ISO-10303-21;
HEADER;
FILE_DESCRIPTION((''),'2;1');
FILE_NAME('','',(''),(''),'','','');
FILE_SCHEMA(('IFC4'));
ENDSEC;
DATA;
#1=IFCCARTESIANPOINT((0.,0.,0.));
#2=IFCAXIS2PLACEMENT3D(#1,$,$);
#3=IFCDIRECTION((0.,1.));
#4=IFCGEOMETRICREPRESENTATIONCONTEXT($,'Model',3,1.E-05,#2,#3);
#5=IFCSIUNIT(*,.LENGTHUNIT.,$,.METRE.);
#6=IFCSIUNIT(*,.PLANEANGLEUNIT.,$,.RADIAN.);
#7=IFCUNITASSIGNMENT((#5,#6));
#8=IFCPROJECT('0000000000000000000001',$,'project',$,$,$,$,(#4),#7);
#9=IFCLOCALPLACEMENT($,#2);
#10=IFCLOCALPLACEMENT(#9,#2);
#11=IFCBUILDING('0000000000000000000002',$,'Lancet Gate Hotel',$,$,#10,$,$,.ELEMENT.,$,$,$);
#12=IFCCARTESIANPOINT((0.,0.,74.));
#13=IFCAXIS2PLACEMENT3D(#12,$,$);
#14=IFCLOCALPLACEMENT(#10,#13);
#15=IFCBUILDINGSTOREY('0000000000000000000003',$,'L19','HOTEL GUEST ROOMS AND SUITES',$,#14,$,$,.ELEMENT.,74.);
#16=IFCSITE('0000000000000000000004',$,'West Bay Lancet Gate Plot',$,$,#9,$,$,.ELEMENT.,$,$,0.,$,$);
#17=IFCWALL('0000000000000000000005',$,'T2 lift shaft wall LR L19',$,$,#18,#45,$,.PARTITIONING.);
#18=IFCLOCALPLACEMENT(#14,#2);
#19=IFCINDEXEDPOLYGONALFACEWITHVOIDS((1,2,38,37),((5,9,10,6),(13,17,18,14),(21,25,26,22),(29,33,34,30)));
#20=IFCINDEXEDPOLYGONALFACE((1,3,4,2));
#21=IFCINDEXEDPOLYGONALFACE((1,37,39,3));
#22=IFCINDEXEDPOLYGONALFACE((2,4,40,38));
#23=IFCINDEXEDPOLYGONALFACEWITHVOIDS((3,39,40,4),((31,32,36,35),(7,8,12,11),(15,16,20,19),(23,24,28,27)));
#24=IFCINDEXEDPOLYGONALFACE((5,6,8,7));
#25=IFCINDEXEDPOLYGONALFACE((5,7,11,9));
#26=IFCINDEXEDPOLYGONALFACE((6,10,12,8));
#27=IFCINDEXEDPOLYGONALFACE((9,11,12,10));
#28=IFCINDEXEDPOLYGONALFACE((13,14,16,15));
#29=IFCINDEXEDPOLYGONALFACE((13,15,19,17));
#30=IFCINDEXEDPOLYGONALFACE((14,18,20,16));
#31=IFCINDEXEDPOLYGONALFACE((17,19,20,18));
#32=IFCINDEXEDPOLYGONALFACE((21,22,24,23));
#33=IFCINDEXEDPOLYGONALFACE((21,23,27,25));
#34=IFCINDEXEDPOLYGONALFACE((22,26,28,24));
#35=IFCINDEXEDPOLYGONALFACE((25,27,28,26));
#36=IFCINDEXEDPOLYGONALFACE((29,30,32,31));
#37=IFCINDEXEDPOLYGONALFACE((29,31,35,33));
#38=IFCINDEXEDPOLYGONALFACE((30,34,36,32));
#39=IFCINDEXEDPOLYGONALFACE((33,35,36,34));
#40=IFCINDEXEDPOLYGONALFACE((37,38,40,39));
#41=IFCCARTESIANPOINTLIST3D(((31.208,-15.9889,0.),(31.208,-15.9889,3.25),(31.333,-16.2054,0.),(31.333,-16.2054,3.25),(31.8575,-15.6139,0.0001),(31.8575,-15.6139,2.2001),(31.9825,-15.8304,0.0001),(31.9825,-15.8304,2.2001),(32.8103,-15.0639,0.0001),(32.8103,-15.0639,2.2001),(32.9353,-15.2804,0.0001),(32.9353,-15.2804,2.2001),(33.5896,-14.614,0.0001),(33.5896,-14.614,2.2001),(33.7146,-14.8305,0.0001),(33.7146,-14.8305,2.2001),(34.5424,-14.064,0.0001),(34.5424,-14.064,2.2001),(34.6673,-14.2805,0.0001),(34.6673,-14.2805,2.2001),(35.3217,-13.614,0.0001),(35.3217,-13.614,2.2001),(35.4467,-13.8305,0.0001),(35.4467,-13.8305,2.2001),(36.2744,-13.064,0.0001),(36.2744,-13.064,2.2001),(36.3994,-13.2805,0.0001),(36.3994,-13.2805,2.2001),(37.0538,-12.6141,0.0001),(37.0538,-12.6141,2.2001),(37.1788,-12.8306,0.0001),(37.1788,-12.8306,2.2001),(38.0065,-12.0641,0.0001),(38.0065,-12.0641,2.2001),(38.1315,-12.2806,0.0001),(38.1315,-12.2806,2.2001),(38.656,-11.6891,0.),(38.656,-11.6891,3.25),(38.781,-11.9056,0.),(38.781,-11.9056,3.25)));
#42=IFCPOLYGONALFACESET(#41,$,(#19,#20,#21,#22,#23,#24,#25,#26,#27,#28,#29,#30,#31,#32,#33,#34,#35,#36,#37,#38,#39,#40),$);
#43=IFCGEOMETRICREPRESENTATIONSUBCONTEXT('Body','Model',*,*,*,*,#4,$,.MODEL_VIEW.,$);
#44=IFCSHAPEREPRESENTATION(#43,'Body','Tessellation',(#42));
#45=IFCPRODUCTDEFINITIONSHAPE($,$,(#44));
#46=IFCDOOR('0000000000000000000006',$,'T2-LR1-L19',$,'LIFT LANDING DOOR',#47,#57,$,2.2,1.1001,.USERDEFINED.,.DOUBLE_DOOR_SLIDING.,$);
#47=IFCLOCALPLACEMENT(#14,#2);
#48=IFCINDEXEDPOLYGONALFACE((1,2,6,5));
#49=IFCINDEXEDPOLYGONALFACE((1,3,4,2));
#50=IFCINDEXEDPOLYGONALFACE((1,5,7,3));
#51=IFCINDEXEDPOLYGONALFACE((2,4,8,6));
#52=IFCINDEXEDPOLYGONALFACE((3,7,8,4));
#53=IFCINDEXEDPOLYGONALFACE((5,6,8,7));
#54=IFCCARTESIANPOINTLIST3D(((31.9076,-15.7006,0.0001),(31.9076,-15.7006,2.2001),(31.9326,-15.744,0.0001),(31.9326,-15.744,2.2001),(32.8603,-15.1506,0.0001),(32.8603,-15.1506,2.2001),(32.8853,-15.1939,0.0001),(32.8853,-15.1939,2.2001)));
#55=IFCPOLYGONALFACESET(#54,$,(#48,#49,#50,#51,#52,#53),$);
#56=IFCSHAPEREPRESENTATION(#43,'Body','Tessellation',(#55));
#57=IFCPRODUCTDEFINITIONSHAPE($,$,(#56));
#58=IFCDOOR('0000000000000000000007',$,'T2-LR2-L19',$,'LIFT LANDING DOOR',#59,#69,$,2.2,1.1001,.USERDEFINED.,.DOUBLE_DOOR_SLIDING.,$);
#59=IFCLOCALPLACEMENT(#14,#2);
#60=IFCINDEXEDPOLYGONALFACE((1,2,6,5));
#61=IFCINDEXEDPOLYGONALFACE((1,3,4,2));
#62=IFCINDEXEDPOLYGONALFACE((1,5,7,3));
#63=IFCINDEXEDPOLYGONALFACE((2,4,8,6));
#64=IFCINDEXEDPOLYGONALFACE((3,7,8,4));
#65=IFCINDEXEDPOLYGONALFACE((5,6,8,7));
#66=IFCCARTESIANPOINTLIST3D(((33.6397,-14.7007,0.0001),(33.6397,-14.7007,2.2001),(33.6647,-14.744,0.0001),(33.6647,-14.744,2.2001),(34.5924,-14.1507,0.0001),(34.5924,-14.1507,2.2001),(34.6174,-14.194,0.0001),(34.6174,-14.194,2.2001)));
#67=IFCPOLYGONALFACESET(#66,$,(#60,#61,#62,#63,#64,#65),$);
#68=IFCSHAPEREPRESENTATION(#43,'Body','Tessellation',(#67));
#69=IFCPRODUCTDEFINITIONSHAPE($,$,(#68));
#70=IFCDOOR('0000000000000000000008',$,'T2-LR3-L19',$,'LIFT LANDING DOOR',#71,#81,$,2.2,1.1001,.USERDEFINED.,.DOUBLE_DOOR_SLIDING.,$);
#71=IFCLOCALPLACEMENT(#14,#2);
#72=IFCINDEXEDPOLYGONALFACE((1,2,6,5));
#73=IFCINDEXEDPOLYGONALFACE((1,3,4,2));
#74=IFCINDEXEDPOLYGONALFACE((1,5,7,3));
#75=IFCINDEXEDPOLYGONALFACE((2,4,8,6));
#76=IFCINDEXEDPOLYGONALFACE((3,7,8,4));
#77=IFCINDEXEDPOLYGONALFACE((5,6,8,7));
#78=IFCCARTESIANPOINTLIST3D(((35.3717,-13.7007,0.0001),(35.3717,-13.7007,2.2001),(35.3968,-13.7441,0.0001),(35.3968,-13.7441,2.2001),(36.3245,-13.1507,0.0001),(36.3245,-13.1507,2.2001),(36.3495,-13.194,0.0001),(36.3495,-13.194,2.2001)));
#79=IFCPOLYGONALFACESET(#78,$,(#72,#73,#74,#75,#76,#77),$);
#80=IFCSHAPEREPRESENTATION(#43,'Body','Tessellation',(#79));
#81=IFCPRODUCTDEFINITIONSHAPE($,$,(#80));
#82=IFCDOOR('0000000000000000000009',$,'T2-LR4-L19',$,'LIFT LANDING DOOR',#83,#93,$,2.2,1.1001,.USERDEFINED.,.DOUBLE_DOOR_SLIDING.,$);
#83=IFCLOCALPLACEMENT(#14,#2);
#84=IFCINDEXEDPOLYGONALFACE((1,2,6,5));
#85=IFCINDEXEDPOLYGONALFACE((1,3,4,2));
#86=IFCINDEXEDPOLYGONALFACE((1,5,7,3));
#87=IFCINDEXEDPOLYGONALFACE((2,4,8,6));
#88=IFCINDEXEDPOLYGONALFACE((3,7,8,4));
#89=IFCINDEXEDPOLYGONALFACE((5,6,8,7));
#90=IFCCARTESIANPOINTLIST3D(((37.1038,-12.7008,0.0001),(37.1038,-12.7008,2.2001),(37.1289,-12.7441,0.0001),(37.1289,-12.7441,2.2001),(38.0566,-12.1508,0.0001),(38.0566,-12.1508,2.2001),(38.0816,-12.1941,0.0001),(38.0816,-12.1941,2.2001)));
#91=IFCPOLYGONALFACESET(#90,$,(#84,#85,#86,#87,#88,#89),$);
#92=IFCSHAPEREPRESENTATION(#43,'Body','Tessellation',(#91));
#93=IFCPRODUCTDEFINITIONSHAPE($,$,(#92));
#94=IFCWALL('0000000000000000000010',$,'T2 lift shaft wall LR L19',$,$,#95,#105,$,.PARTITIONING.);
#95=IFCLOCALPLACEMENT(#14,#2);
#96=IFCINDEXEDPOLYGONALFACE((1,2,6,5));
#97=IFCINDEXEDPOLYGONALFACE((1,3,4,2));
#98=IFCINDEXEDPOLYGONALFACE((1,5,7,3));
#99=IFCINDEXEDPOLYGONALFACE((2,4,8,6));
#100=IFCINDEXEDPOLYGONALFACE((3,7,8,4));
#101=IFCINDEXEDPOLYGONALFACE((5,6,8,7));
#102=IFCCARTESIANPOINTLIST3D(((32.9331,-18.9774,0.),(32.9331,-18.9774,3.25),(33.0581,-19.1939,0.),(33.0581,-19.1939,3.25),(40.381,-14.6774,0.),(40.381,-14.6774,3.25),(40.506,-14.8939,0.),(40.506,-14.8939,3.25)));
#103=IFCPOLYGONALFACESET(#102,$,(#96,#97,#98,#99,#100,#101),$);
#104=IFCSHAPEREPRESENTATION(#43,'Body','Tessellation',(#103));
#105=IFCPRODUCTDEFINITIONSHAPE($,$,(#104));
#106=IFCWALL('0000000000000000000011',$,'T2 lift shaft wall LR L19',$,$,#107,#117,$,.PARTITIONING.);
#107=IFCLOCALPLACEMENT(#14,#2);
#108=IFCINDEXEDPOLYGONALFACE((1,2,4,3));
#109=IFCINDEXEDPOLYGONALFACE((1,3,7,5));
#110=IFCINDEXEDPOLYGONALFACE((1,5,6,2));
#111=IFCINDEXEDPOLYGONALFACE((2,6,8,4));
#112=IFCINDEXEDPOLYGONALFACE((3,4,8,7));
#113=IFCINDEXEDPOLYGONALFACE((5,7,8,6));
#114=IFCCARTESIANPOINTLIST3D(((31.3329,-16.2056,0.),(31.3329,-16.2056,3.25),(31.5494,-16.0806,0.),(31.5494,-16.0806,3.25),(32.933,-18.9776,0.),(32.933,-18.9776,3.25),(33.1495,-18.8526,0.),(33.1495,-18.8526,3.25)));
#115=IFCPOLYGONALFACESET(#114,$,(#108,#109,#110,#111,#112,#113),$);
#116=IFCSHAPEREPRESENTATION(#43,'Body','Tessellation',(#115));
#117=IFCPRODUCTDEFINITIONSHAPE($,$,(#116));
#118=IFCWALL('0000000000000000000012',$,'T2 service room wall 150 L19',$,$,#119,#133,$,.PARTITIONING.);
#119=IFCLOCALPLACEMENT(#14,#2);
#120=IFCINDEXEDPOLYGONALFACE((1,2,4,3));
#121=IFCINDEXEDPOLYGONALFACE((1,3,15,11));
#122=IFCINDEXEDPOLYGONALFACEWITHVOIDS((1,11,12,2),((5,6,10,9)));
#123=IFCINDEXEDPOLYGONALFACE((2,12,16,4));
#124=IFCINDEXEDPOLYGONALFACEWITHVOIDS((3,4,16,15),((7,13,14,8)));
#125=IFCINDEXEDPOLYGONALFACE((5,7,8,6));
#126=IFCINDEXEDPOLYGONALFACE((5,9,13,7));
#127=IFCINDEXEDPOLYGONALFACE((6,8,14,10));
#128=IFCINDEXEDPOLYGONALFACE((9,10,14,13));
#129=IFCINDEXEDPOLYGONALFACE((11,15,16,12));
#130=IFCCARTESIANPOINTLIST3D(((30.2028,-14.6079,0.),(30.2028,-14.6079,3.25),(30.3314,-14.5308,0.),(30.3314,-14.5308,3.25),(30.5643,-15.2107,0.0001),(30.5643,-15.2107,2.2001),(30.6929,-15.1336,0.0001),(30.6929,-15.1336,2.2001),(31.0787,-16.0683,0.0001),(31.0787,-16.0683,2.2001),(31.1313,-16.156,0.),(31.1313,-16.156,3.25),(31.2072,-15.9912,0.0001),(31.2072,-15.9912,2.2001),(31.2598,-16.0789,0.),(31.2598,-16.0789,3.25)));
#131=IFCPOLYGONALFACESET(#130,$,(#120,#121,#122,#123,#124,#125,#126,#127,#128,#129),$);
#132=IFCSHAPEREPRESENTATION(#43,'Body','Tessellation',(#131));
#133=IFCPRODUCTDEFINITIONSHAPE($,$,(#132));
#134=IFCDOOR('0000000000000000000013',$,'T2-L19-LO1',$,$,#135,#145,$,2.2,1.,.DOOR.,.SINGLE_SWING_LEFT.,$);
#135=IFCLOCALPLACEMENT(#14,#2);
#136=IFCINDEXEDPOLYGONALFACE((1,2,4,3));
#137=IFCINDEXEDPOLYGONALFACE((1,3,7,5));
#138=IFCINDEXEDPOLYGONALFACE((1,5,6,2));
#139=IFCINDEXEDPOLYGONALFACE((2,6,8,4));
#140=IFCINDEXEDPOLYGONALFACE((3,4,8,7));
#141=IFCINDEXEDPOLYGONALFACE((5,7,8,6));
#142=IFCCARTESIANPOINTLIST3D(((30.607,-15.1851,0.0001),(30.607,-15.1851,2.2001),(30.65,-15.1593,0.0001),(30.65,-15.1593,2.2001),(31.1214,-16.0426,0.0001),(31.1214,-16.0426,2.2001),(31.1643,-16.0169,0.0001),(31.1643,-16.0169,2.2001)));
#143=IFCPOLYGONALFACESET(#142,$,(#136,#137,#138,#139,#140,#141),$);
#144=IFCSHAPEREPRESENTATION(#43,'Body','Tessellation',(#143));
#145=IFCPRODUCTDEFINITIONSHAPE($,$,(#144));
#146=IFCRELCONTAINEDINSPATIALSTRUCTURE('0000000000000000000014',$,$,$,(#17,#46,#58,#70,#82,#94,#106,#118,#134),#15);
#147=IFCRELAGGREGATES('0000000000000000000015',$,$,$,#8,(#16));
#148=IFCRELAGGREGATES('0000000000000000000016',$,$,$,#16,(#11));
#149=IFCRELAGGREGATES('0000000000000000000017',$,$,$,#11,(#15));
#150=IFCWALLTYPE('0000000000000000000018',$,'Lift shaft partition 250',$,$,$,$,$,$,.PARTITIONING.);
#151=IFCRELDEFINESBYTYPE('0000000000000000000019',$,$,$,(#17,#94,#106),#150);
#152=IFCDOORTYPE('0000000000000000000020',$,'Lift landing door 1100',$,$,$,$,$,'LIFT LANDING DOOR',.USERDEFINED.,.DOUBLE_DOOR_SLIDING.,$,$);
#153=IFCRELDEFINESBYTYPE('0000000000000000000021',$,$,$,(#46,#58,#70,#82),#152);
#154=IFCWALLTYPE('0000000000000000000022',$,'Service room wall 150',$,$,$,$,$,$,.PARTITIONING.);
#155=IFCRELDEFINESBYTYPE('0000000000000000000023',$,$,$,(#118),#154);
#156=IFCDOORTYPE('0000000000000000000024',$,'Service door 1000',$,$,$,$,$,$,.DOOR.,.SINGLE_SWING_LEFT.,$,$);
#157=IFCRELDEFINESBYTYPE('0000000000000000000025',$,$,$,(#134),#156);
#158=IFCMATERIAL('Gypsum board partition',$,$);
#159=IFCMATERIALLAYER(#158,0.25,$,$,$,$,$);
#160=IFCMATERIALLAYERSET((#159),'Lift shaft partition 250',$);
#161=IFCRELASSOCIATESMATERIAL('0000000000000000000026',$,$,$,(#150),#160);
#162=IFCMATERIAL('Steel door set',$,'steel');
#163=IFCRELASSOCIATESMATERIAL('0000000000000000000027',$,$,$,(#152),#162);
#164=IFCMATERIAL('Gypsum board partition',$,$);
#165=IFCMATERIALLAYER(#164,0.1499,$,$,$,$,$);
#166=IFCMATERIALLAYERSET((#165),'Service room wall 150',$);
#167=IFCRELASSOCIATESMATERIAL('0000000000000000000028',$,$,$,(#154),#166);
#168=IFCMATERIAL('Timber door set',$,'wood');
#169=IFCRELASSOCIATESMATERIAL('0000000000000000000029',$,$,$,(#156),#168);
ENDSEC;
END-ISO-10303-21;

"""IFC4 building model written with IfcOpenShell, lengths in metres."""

from ifc_helpers import new_model, si_unit, direction, frame, frame_2d, origin, place, context, subcontext, project, spatial, rectangle, extrude, material, layer, layer_set, type_object, element, fill, save


model = new_model("IFC4")

# Units and contexts
model_context = context("Model", 3, precision=1e-05, world=origin(), true_north=direction((0.0, 1.0)))
body_context = subcontext(model_context, "Body", "Model", "MODEL_VIEW")
ifc_project = project(units=[si_unit("LENGTHUNIT", "METRE"), si_unit("PLANEANGLEUNIT", "RADIAN")], contexts=[model_context])

# Site, building, storey
site_placement = place(None, origin())
site = spatial("IfcSite", under=ifc_project, at=site_placement, Name="West Bay Lancet Gate Plot", CompositionType="ELEMENT", RefElevation=0.0)
building_placement = place(site_placement, origin())
building = spatial("IfcBuilding", under=site, at=building_placement, Name="Lancet Gate Hotel", CompositionType="ELEMENT")
storey_placement = place(building_placement, frame((0.0, 0.0, 74.0)))
storey = spatial("IfcBuildingStorey", under=building, at=storey_placement, Name="L19", Description="HOTEL GUEST ROOMS AND SUITES", CompositionType="ELEMENT", Elevation=74.0)

# Wall, openings, doors
ifc_material_1 = material(Name="Gypsum board partition")
ifc_layer_1 = layer(ifc_material_1, 0.25)
ifc_layer_set_1 = layer_set([ifc_layer_1], Name="Lift shaft partition 250")
wall_type_1 = type_object("IfcWallType", Name="Lift shaft partition 250", PredefinedType="PARTITIONING", material=ifc_layer_set_1)
wall_1_placement = place(storey_placement, frame((31.2705, -16.0972, 0.0), z_axis=(0.0, 0.0, 1.0), x_axis=(0.86604, 0.499974, 0.0)))
wall_1 = element("IfcWall", 1, at=wall_1_placement, inside=storey, type_object=wall_type_1, Name="T2 lift shaft wall LR L19", PredefinedType="PARTITIONING", context=body_context, shape_type="SweptSolid", body=[
    extrude(rectangle(XDim=8.6001, YDim=0.25, at=frame_2d((4.3, 0.0))), origin(), (0.0, 0.0, 1.0), 3.25),
])
opening_1_placement = place(wall_1_placement, frame((0.75, 0.0, 0.0)))
opening_1 = element("IfcOpeningElement", 2, at=opening_1_placement, cuts=wall_1, PredefinedType="OPENING", context=body_context, shape_type="SweptSolid", body=[
    extrude(rectangle(XDim=1.1001, YDim=2.2, at=frame_2d((0.55, 1.1001))), frame((0.0, 0.135, 0.0), z_axis=(0.0, -1.0, 0.0), x_axis=(1.0, 0.0, 0.0)), (0.0, 0.0, 1.0), 0.27),
])
opening_2_placement = place(wall_1_placement, frame((2.75, 0.0, 0.0)))
opening_2 = element("IfcOpeningElement", 3, at=opening_2_placement, cuts=wall_1, PredefinedType="OPENING", context=body_context, shape_type="SweptSolid", body=[
    extrude(rectangle(XDim=1.1001, YDim=2.2, at=frame_2d((0.55, 1.1001))), frame((0.0, 0.135, 0.0), z_axis=(0.0, -1.0, 0.0), x_axis=(1.0, 0.0, 0.0)), (0.0, 0.0, 1.0), 0.27),
])
opening_3_placement = place(wall_1_placement, frame((4.75, 0.0, 0.0)))
opening_3 = element("IfcOpeningElement", 4, at=opening_3_placement, cuts=wall_1, PredefinedType="OPENING", context=body_context, shape_type="SweptSolid", body=[
    extrude(rectangle(XDim=1.1001, YDim=2.2, at=frame_2d((0.55, 1.1001))), frame((0.0, 0.135, 0.0), z_axis=(0.0, -1.0, 0.0), x_axis=(1.0, 0.0, 0.0)), (0.0, 0.0, 1.0), 0.27),
])
opening_4_placement = place(wall_1_placement, frame((6.75, 0.0, 0.0)))
opening_4 = element("IfcOpeningElement", 5, at=opening_4_placement, cuts=wall_1, PredefinedType="OPENING", context=body_context, shape_type="SweptSolid", body=[
    extrude(rectangle(XDim=1.1001, YDim=2.2, at=frame_2d((0.55, 1.1001))), frame((0.0, 0.135, 0.0), z_axis=(0.0, -1.0, 0.0), x_axis=(1.0, 0.0, 0.0)), (0.0, 0.0, 1.0), 0.27),
])
ifc_material_2 = material(Name="Steel door set", Category="steel")
door_type_1 = type_object("IfcDoorType", Name="Lift landing door 1100", ElementType="LIFT LANDING DOOR", OperationType="DOUBLE_DOOR_SLIDING", PredefinedType="USERDEFINED", material=ifc_material_2)
door_1_placement = place(opening_1_placement, origin())
door_1 = element("IfcDoor", 6, at=door_1_placement, inside=storey, type_object=door_type_1, Name="T2-LR1-L19", ObjectType="LIFT LANDING DOOR", OperationType="DOUBLE_DOOR_SLIDING", OverallHeight=2.2, OverallWidth=1.1001, PredefinedType="USERDEFINED", context=body_context, shape_type="SweptSolid", body=[
    extrude(rectangle(XDim=1.1001, YDim=2.2, at=frame_2d((0.55, 1.1001))), frame((0.0, 0.0249, 0.0), z_axis=(0.0, -1.0, 0.0), x_axis=(1.0, 0.0, 0.0)), (0.0, 0.0, 1.0), 0.05),
])
fill(opening_1, door_1)
door_2_placement = place(opening_2_placement, origin())
door_2 = element("IfcDoor", 7, at=door_2_placement, inside=storey, type_object=door_type_1, Name="T2-LR2-L19", ObjectType="LIFT LANDING DOOR", OperationType="DOUBLE_DOOR_SLIDING", OverallHeight=2.2, OverallWidth=1.1001, PredefinedType="USERDEFINED", context=body_context, shape_type="SweptSolid", body=[
    extrude(rectangle(XDim=1.1001, YDim=2.2, at=frame_2d((0.55, 1.1001))), frame((0.0, 0.0249, 0.0), z_axis=(0.0, -1.0, 0.0), x_axis=(1.0, 0.0, 0.0)), (0.0, 0.0, 1.0), 0.05),
])
fill(opening_2, door_2)
door_3_placement = place(opening_3_placement, origin())
door_3 = element("IfcDoor", 8, at=door_3_placement, inside=storey, type_object=door_type_1, Name="T2-LR3-L19", ObjectType="LIFT LANDING DOOR", OperationType="DOUBLE_DOOR_SLIDING", OverallHeight=2.2, OverallWidth=1.1001, PredefinedType="USERDEFINED", context=body_context, shape_type="SweptSolid", body=[
    extrude(rectangle(XDim=1.1001, YDim=2.2, at=frame_2d((0.55, 1.1001))), frame((0.0, 0.0249, 0.0), z_axis=(0.0, -1.0, 0.0), x_axis=(1.0, 0.0, 0.0)), (0.0, 0.0, 1.0), 0.05),
])
fill(opening_3, door_3)
door_4_placement = place(opening_4_placement, origin())
door_4 = element("IfcDoor", 9, at=door_4_placement, inside=storey, type_object=door_type_1, Name="T2-LR4-L19", ObjectType="LIFT LANDING DOOR", OperationType="DOUBLE_DOOR_SLIDING", OverallHeight=2.2, OverallWidth=1.1001, PredefinedType="USERDEFINED", context=body_context, shape_type="SweptSolid", body=[
    extrude(rectangle(XDim=1.1001, YDim=2.2, at=frame_2d((0.55, 1.1001))), frame((0.0, 0.0249, 0.0), z_axis=(0.0, -1.0, 0.0), x_axis=(1.0, 0.0, 0.0)), (0.0, 0.0, 1.0), 0.05),
])
fill(opening_4, door_4)

# Walls
wall_2_placement = place(storey_placement, frame((32.9956, -19.0857, 0.0), z_axis=(0.0, 0.0, 1.0), x_axis=(0.866028, 0.499995, 0.0)))
element("IfcWall", 10, at=wall_2_placement, inside=storey, type_object=wall_type_1, Name="T2 lift shaft wall LR L19", PredefinedType="PARTITIONING", context=body_context, shape_type="SweptSolid", body=[
    extrude(rectangle(XDim=8.6001, YDim=0.25, at=frame_2d((4.3, 0.0))), origin(), (0.0, 0.0, 1.0), 3.25),
])
wall_3_placement = place(storey_placement, frame((31.4412, -16.1431, 0.0), z_axis=(0.0, 0.0, 1.0), x_axis=(0.499929, -0.866066, 0.0)))
element("IfcWall", 11, at=wall_3_placement, inside=storey, type_object=wall_type_1, Name="T2 lift shaft wall LR L19", PredefinedType="PARTITIONING", context=body_context, shape_type="SweptSolid", body=[
    extrude(rectangle(XDim=3.2007, YDim=0.25, at=frame_2d((1.6003, 0.0))), origin(), (0.0, 0.0, 1.0), 3.25),
])

# Wall, opening, door
ifc_material_3 = material(Name="Gypsum board partition")
ifc_layer_2 = layer(ifc_material_3, 0.1499)
ifc_layer_set_2 = layer_set([ifc_layer_2], Name="Service room wall 150")
wall_type_2 = type_object("IfcWallType", Name="Service room wall 150", PredefinedType="PARTITIONING", material=ifc_layer_set_2)
wall_4_placement = place(storey_placement, frame((30.2671, -14.5693, 0.0), z_axis=(0.0, 0.0, 1.0), x_axis=(0.514337, -0.857588, 0.0)))
wall_4 = element("IfcWall", 12, at=wall_4_placement, inside=storey, type_object=wall_type_2, Name="T2 service room wall 150 L19", PredefinedType="PARTITIONING", context=body_context, shape_type="SweptSolid", body=[
    extrude(rectangle(XDim=1.8052, YDim=0.1499, at=frame_2d((0.9026, 0.0))), origin(), (0.0, 0.0, 1.0), 3.25),
])
opening_5_placement = place(wall_4_placement, frame((0.7029, 0.0, 0.0)))
opening_5 = element("IfcOpeningElement", 13, at=opening_5_placement, cuts=wall_4, PredefinedType="OPENING", context=body_context, shape_type="SweptSolid", body=[
    extrude(rectangle(XDim=1.0, YDim=2.2, at=frame_2d((0.5, 1.1001))), frame((0.0, 0.085, 0.0), z_axis=(0.0, -1.0, 0.0), x_axis=(1.0, 0.0, 0.0)), (0.0, 0.0, 1.0), 0.1699),
])
ifc_material_4 = material(Name="Timber door set", Category="wood")
door_type_2 = type_object("IfcDoorType", Name="Service door 1000", OperationType="SINGLE_SWING_LEFT", PredefinedType="DOOR", material=ifc_material_4)
door_5_placement = place(opening_5_placement, origin())
door_5 = element("IfcDoor", 14, at=door_5_placement, inside=storey, type_object=door_type_2, Name="T2-L19-LO1", OperationType="SINGLE_SWING_LEFT", OverallHeight=2.2, OverallWidth=1.0, PredefinedType="DOOR", context=body_context, shape_type="SweptSolid", body=[
    extrude(rectangle(XDim=1.0, YDim=2.2, at=frame_2d((0.5, 1.1001))), frame((0.0, 0.0249, 0.0), z_axis=(0.0, -1.0, 0.0), x_axis=(1.0, 0.0, 0.0)), (0.0, 0.0, 1.0), 0.05),
])
fill(opening_5, door_5)

save(model, "model.ifc")
